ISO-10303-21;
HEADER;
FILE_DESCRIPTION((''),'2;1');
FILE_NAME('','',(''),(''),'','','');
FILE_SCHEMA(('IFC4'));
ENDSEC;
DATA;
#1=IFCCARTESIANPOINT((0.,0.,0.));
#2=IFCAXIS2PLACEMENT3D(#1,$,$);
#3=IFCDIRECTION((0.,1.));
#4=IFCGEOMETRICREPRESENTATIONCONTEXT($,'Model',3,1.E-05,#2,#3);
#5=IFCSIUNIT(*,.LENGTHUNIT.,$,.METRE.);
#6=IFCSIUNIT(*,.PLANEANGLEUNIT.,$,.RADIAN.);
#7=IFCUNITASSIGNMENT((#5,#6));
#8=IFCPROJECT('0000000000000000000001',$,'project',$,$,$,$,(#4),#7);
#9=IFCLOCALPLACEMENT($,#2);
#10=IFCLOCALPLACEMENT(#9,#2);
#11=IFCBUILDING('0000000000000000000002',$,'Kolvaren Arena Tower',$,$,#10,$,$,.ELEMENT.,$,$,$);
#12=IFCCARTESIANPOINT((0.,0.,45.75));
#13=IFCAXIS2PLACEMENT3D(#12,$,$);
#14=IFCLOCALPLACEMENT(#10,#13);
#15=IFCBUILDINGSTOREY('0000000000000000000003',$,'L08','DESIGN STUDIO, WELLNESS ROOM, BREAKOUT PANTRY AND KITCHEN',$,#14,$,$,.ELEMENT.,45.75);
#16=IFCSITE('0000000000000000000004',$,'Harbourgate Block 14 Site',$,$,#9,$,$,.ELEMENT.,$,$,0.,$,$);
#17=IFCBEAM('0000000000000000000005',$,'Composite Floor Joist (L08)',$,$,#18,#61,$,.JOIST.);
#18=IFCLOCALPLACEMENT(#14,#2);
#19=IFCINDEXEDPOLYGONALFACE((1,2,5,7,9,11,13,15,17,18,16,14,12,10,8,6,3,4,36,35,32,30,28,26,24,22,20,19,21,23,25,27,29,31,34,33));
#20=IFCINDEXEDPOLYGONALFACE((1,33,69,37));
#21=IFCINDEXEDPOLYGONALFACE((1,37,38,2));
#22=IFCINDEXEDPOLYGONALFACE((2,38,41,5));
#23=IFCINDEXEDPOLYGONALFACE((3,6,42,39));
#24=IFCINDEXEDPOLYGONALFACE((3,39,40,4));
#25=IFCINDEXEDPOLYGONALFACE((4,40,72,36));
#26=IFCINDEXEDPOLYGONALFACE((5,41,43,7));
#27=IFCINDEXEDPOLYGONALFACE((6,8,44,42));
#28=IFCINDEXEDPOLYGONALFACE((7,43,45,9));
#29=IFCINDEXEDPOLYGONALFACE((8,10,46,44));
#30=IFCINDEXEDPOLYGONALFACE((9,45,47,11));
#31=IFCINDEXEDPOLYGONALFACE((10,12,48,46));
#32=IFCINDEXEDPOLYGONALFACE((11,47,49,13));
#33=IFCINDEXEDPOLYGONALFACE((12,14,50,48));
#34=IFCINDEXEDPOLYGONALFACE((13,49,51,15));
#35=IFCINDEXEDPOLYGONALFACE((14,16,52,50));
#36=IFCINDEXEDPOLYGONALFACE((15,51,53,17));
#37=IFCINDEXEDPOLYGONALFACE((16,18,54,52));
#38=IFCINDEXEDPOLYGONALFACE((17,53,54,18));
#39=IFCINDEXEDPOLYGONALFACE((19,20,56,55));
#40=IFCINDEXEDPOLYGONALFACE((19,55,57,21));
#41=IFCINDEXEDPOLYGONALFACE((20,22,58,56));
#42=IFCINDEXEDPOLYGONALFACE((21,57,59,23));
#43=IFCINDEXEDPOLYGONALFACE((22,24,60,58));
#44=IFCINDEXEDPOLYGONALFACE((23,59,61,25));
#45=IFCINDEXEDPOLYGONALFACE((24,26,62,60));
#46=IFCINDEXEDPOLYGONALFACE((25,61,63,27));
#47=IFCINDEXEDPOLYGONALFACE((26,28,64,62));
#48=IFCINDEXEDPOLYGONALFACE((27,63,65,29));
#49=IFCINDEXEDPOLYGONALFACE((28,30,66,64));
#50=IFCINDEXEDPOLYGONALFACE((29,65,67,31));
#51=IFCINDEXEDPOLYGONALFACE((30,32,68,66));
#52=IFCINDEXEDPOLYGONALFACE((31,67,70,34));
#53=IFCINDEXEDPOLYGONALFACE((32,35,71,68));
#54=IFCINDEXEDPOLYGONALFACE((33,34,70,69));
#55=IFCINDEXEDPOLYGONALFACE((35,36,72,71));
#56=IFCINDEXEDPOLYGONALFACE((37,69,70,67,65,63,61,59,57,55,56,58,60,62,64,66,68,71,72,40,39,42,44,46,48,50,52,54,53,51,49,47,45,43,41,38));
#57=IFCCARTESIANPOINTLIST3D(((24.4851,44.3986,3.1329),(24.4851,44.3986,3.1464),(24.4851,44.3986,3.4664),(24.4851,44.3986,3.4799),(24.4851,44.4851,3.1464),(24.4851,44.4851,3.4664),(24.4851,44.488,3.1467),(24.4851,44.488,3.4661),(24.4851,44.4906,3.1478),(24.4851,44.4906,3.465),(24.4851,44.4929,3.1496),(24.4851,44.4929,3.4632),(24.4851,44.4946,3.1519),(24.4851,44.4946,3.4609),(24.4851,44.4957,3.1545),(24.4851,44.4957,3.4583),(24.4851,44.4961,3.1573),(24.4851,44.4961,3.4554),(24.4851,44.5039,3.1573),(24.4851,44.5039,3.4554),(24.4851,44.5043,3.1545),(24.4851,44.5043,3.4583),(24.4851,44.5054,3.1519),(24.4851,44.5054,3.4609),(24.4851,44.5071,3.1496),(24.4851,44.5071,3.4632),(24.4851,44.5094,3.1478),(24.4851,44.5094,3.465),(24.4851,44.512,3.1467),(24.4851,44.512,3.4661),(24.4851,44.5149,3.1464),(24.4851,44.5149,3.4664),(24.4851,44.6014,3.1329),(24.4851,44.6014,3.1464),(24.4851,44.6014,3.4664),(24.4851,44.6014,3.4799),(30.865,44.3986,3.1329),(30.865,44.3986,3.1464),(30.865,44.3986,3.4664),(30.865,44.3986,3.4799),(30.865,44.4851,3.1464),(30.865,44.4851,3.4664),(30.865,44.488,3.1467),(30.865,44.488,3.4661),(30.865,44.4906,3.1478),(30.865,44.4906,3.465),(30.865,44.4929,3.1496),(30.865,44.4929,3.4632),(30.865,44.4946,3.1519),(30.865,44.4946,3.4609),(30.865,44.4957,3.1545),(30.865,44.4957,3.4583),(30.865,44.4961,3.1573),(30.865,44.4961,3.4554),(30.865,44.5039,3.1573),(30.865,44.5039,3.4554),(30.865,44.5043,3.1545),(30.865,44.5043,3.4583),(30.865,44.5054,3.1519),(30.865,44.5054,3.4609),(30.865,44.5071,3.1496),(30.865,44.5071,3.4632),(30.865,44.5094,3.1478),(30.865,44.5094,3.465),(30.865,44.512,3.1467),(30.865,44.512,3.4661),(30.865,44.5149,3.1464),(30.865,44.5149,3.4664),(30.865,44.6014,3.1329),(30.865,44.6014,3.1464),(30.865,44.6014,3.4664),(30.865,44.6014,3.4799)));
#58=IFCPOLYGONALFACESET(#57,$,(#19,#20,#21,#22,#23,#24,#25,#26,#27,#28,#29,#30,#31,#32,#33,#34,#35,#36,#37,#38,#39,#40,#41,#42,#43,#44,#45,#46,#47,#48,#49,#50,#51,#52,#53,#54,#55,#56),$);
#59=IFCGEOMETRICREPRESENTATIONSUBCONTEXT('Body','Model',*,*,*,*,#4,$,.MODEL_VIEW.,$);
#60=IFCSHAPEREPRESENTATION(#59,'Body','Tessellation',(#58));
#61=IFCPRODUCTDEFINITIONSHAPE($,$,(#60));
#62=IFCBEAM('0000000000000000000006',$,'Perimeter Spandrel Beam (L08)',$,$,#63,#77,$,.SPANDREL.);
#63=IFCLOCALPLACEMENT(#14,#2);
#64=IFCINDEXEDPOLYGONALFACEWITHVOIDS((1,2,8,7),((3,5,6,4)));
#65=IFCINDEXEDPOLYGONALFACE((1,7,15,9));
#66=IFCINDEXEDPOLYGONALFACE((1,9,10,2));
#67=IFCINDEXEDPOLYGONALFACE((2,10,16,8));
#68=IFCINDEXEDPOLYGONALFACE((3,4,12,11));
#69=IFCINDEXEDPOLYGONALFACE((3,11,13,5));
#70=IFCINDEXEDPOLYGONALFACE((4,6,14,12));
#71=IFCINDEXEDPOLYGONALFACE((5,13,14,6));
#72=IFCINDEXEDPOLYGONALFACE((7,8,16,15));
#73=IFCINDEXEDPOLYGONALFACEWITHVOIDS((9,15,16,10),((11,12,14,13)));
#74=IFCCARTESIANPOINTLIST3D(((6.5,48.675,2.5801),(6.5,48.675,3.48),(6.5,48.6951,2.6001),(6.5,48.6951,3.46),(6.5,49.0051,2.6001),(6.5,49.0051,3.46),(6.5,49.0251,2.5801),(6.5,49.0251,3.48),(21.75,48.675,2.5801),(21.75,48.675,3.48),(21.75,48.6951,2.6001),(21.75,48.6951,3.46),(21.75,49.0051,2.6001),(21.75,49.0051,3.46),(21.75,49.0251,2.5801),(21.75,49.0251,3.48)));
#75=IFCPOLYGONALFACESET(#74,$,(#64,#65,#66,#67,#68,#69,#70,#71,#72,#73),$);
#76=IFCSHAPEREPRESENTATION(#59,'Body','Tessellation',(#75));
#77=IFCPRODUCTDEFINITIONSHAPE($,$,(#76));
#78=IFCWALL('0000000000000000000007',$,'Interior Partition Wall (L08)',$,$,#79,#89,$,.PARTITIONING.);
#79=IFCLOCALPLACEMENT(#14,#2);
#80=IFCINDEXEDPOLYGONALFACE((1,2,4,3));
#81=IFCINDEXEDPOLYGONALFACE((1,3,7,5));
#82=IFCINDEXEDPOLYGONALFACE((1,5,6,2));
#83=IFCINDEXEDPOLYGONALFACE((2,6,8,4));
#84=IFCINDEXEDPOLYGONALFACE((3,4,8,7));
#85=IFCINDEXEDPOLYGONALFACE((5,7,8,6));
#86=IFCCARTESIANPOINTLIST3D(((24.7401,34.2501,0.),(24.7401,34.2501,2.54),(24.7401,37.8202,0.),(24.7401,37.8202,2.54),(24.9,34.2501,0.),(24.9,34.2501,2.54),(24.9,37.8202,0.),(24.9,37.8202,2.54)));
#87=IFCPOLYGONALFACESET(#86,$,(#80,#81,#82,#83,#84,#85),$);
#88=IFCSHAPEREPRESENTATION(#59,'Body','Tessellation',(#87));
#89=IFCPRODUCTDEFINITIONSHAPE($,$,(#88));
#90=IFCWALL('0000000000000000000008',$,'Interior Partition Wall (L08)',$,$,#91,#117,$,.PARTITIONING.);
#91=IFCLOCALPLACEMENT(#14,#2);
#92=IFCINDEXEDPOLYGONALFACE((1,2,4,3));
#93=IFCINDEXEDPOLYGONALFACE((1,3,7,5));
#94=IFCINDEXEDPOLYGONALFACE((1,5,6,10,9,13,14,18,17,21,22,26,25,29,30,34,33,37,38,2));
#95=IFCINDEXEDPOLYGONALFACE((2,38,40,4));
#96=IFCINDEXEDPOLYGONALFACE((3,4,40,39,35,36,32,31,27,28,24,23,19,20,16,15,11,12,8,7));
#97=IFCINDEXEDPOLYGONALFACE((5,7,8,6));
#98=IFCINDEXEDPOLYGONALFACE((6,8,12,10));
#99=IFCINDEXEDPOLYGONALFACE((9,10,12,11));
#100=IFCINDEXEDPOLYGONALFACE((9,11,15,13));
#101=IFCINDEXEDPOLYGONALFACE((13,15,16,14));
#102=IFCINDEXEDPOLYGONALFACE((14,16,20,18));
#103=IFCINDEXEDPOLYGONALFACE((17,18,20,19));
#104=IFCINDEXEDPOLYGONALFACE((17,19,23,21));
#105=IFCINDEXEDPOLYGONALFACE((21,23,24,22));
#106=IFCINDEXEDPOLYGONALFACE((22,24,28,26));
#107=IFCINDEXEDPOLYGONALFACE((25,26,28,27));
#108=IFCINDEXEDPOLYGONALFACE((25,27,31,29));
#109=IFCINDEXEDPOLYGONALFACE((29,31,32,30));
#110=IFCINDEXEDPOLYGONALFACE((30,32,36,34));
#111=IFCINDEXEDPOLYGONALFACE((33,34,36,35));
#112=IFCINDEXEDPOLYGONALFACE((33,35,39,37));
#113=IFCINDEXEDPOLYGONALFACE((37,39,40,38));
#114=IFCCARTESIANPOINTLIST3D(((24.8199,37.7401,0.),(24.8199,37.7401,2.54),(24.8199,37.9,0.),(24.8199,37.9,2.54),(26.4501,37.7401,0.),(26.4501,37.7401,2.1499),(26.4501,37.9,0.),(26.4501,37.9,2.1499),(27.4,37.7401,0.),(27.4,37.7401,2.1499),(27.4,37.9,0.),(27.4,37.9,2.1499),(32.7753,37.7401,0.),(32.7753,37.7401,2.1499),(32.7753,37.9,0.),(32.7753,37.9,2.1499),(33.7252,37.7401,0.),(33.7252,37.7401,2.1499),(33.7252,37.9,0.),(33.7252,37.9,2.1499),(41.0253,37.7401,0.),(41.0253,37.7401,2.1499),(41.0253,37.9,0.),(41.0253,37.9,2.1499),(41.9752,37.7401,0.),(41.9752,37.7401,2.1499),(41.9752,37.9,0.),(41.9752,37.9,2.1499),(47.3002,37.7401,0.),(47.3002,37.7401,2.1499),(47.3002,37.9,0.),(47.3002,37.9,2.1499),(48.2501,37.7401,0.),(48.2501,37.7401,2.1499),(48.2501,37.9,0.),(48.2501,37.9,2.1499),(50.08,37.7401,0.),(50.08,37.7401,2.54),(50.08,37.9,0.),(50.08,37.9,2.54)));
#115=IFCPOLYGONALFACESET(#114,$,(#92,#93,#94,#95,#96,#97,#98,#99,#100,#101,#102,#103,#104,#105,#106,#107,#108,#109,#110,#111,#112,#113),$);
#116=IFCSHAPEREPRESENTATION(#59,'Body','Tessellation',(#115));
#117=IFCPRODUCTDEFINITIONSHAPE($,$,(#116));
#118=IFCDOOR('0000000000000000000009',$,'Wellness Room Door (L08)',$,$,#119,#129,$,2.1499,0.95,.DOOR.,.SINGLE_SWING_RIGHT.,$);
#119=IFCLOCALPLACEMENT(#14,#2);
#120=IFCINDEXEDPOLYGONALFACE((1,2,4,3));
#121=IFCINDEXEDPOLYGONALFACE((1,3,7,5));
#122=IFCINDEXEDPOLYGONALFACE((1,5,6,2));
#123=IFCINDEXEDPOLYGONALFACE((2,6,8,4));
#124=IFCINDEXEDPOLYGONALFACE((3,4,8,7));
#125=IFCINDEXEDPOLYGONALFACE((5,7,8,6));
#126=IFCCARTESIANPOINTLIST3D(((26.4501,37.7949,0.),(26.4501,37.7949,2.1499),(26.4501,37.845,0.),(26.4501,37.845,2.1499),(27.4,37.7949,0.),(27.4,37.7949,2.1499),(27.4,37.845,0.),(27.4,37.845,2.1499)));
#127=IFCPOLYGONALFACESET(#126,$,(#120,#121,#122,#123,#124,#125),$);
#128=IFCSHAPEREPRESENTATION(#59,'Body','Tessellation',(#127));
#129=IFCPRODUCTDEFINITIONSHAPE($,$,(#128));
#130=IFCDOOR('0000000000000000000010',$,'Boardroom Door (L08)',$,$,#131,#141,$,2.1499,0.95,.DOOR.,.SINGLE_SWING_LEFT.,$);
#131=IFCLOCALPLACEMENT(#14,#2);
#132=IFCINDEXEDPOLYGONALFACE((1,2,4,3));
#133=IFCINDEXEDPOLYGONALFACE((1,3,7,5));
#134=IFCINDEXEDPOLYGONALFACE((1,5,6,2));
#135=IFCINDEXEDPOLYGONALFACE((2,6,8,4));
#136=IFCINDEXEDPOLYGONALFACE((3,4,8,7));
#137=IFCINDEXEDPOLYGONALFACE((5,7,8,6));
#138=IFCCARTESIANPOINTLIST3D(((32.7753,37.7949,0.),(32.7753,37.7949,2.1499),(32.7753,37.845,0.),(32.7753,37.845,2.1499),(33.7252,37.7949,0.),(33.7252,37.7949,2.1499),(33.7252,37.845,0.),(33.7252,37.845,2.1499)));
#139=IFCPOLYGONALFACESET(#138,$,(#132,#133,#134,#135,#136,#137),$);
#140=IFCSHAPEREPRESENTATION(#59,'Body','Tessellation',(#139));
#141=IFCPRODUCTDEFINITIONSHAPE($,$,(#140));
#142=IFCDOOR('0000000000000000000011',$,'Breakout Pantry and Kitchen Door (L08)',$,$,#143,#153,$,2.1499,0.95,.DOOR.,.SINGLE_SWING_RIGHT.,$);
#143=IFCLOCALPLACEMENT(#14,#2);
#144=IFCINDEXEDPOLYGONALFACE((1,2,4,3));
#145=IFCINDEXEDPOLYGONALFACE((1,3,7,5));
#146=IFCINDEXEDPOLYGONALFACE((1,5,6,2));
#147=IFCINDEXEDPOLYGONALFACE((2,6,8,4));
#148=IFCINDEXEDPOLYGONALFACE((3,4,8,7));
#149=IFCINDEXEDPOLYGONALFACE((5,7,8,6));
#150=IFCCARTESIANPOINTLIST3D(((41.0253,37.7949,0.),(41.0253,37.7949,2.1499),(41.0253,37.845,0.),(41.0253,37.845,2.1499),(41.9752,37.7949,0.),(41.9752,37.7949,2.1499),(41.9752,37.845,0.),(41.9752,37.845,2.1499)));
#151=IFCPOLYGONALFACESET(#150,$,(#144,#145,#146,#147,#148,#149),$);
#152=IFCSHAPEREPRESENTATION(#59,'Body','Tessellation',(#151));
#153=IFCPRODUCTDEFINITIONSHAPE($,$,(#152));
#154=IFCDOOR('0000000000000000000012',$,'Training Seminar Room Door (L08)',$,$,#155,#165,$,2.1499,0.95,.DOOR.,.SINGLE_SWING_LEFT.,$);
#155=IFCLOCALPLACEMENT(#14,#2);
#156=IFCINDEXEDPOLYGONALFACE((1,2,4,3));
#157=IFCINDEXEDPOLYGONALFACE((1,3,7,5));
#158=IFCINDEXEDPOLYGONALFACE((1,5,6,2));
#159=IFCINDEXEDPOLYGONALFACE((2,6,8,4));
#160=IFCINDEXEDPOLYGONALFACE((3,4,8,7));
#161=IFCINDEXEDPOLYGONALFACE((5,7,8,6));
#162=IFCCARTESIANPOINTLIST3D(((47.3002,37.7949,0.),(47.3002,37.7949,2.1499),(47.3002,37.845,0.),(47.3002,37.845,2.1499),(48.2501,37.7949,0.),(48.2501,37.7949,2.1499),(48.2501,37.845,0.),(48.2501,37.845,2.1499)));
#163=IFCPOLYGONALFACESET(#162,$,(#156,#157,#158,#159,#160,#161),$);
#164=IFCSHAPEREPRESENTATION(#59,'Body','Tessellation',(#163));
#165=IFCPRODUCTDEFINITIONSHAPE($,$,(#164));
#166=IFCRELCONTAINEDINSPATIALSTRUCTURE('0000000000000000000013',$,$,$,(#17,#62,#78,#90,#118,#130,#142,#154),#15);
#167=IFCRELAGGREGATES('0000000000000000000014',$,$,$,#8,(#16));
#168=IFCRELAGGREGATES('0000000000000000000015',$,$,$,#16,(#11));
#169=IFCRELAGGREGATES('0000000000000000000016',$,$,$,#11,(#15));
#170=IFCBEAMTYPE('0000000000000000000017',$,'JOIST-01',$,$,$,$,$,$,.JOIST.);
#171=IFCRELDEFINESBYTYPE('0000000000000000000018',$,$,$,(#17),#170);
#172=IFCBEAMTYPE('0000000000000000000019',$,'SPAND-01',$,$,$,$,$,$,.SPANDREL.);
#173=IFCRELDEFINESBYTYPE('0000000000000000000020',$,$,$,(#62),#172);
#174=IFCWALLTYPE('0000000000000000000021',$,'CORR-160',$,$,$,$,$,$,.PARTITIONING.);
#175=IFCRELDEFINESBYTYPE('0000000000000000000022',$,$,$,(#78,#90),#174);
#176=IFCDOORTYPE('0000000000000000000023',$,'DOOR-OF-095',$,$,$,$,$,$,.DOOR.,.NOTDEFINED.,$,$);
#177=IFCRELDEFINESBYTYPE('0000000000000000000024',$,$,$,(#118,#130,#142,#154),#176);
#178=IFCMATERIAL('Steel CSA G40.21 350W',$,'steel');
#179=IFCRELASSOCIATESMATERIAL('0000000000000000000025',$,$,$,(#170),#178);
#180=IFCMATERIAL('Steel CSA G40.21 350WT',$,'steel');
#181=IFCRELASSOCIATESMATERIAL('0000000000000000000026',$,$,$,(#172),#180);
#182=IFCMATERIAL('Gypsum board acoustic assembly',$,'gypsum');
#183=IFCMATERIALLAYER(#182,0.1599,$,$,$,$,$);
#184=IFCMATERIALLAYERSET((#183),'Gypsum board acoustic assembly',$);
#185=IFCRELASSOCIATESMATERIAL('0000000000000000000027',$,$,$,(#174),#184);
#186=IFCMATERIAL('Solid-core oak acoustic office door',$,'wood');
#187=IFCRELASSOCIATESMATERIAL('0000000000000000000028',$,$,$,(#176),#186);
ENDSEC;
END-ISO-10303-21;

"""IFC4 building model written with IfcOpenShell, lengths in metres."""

from ifc_helpers import new_model, si_unit, direction, frame, frame_2d, origin, origin_2d, place, context, subcontext, project, spatial, rectangle, hollow_rectangle, i_section, extrude, material, layer, layer_set, material_profile, profile_set, type_object, element, fill, save


model = new_model("IFC4")

# Units and contexts
model_context = context("Model", 3, precision=1e-05, world=origin(), true_north=direction((0.0, 1.0)))
body_context = subcontext(model_context, "Body", "Model", "MODEL_VIEW")
ifc_project = project(units=[si_unit("LENGTHUNIT", "METRE"), si_unit("PLANEANGLEUNIT", "RADIAN")], contexts=[model_context])

# Site, building, storey
site_placement = place(None, origin())
site = spatial("IfcSite", under=ifc_project, at=site_placement, Name="Harbourgate Block 14 Site", CompositionType="ELEMENT", RefElevation=0.0)
building_placement = place(site_placement, origin())
building = spatial("IfcBuilding", under=site, at=building_placement, Name="Kolvaren Arena Tower", CompositionType="ELEMENT")
storey_placement = place(building_placement, frame((0.0, 0.0, 45.75)))
storey = spatial("IfcBuildingStorey", under=building, at=storey_placement, Name="L08", Description="DESIGN STUDIO, WELLNESS ROOM, BREAKOUT PANTRY AND KITCHEN", CompositionType="ELEMENT", Elevation=45.75)

# Beams
ifc_material_1 = material(Name="Steel CSA G40.21 350W", Category="steel")
ifc_material_profile_1 = material_profile(ifc_material_1, i_section(OverallWidth=0.2029, OverallDepth=0.3469, WebThickness=0.0078, FlangeThickness=0.0134, FilletRadius=0.011, at=origin_2d()), Name="W360x64")
ifc_profile_set_1 = profile_set([ifc_material_profile_1], Name="Steel CSA G40.21 350W")
beam_type_1 = type_object("IfcBeamType", Name="JOIST-01", PredefinedType="JOIST", material=ifc_profile_set_1)
beam_1_placement = place(storey_placement, frame((24.4851, 44.5, 3.3064), z_axis=(1.0, 0.0, 0.0), x_axis=(0.0, 1.0, 0.0)))
element("IfcBeam", 1, at=beam_1_placement, inside=storey, type_object=beam_type_1, Name="Composite Floor Joist (L08)", PredefinedType="JOIST", context=body_context, shape_type="SweptSolid", body=[
    extrude(i_section(OverallWidth=0.2029, OverallDepth=0.3469, WebThickness=0.0078, FlangeThickness=0.0134, FilletRadius=0.011, at=origin_2d()), origin(), (0.0, 0.0, 1.0), 6.3799),
])
ifc_material_2 = material(Name="Steel CSA G40.21 350WT", Category="steel")
ifc_material_profile_2 = material_profile(ifc_material_2, hollow_rectangle(XDim=0.3501, YDim=0.8999, WallThickness=0.02, at=origin_2d()), Name="HSS 900x350x20")
ifc_profile_set_2 = profile_set([ifc_material_profile_2], Name="Steel CSA G40.21 350WT")
beam_type_2 = type_object("IfcBeamType", Name="SPAND-01", PredefinedType="SPANDREL", material=ifc_profile_set_2)
beam_2_placement = place(storey_placement, frame((21.75, 48.8501, 3.03), z_axis=(-1.0, 0.0, 0.0), x_axis=(0.0, -1.0, 0.0)))
element("IfcBeam", 2, at=beam_2_placement, inside=storey, type_object=beam_type_2, Name="Perimeter Spandrel Beam (L08)", PredefinedType="SPANDREL", context=body_context, shape_type="SweptSolid", body=[
    extrude(hollow_rectangle(XDim=0.3501, YDim=0.8999, WallThickness=0.02, at=origin_2d()), origin(), (0.0, 0.0, 1.0), 15.25),
])

# Wall
ifc_material_3 = material(Name="Gypsum board acoustic assembly", Category="gypsum")
ifc_layer_1 = layer(ifc_material_3, 0.1599)
ifc_layer_set_1 = layer_set([ifc_layer_1], Name="Gypsum board acoustic assembly")
wall_type_1 = type_object("IfcWallType", Name="CORR-160", PredefinedType="PARTITIONING", material=ifc_layer_set_1)
wall_1_placement = place(storey_placement, frame((24.8201, 34.25, 0.0), z_axis=(0.0, 0.0, 1.0), x_axis=(0.0, 1.0, 0.0)))
element("IfcWall", 3, at=wall_1_placement, inside=storey, type_object=wall_type_1, Name="Interior Partition Wall (L08)", PredefinedType="PARTITIONING", context=body_context, shape_type="SweptSolid", body=[
    extrude(rectangle(XDim=3.5701, YDim=0.1599, at=frame_2d((1.7852, 0.0))), origin(), (0.0, 0.0, 1.0), 2.54),
])

# Wall, openings, doors
wall_2_placement = place(storey_placement, frame((24.8201, 37.8201, 0.0), z_axis=(0.0, 0.0, 1.0), x_axis=(1.0, 0.0, 0.0)))
wall_2 = element("IfcWall", 4, at=wall_2_placement, inside=storey, type_object=wall_type_1, Name="Interior Partition Wall (L08)", PredefinedType="PARTITIONING", context=body_context, shape_type="SweptSolid", body=[
    extrude(rectangle(XDim=25.26, YDim=0.1599, at=frame_2d((12.6299, 0.0))), origin(), (0.0, 0.0, 1.0), 2.54),
])
opening_1_placement = place(wall_2_placement, frame((1.6299, 0.0, 0.0)))
opening_1 = element("IfcOpeningElement", 5, at=opening_1_placement, cuts=wall_2, PredefinedType="OPENING", context=body_context, shape_type="SweptSolid", body=[
    extrude(rectangle(XDim=0.95, YDim=2.1499, at=frame_2d((0.4751, 1.075))), frame((0.0, 0.0898, 0.0), z_axis=(0.0, -1.0, 0.0), x_axis=(1.0, 0.0, 0.0)), (0.0, 0.0, 1.0), 0.1799),
])
opening_2_placement = place(wall_2_placement, frame((7.9551, 0.0, 0.0)))
opening_2 = element("IfcOpeningElement", 6, at=opening_2_placement, cuts=wall_2, PredefinedType="OPENING", context=body_context, shape_type="SweptSolid", body=[
    extrude(rectangle(XDim=0.95, YDim=2.1499, at=frame_2d((0.4751, 1.075))), frame((0.0, 0.0898, 0.0), z_axis=(0.0, -1.0, 0.0), x_axis=(1.0, 0.0, 0.0)), (0.0, 0.0, 1.0), 0.1799),
])
opening_3_placement = place(wall_2_placement, frame((16.2051, 0.0, 0.0)))
opening_3 = element("IfcOpeningElement", 7, at=opening_3_placement, cuts=wall_2, PredefinedType="OPENING", context=body_context, shape_type="SweptSolid", body=[
    extrude(rectangle(XDim=0.95, YDim=2.1499, at=frame_2d((0.4751, 1.075))), frame((0.0, 0.0898, 0.0), z_axis=(0.0, -1.0, 0.0), x_axis=(1.0, 0.0, 0.0)), (0.0, 0.0, 1.0), 0.1799),
])
opening_4_placement = place(wall_2_placement, frame((22.48, 0.0, 0.0)))
opening_4 = element("IfcOpeningElement", 8, at=opening_4_placement, cuts=wall_2, PredefinedType="OPENING", context=body_context, shape_type="SweptSolid", body=[
    extrude(rectangle(XDim=0.95, YDim=2.1499, at=frame_2d((0.4751, 1.075))), frame((0.0, 0.0898, 0.0), z_axis=(0.0, -1.0, 0.0), x_axis=(1.0, 0.0, 0.0)), (0.0, 0.0, 1.0), 0.1799),
])
ifc_material_4 = material(Name="Solid-core oak acoustic office door", Category="wood")
door_type = type_object("IfcDoorType", Name="DOOR-OF-095", OperationType="NOTDEFINED", PredefinedType="DOOR", material=ifc_material_4)
door_1_placement = place(opening_1_placement, origin())
door_1 = element("IfcDoor", 9, at=door_1_placement, inside=storey, type_object=door_type, Name="Wellness Room Door (L08)", OperationType="SINGLE_SWING_RIGHT", OverallHeight=2.1499, OverallWidth=0.95, PredefinedType="DOOR", context=body_context, shape_type="SweptSolid", body=[
    extrude(rectangle(XDim=0.95, YDim=2.1499, at=frame_2d((0.4751, 1.075))), frame((0.0, 0.0249, 0.0), z_axis=(0.0, -1.0, 0.0), x_axis=(1.0, 0.0, 0.0)), (0.0, 0.0, 1.0), 0.05),
])
fill(opening_1, door_1)
door_2_placement = place(opening_2_placement, origin())
door_2 = element("IfcDoor", 10, at=door_2_placement, inside=storey, type_object=door_type, Name="Boardroom Door (L08)", OperationType="SINGLE_SWING_LEFT", OverallHeight=2.1499, OverallWidth=0.95, PredefinedType="DOOR", context=body_context, shape_type="SweptSolid", body=[
    extrude(rectangle(XDim=0.95, YDim=2.1499, at=frame_2d((0.4751, 1.075))), frame((0.0, 0.0249, 0.0), z_axis=(0.0, -1.0, 0.0), x_axis=(1.0, 0.0, 0.0)), (0.0, 0.0, 1.0), 0.05),
])
fill(opening_2, door_2)
door_3_placement = place(opening_3_placement, origin())
door_3 = element("IfcDoor", 11, at=door_3_placement, inside=storey, type_object=door_type, Name="Breakout Pantry and Kitchen Door (L08)", OperationType="SINGLE_SWING_RIGHT", OverallHeight=2.1499, OverallWidth=0.95, PredefinedType="DOOR", context=body_context, shape_type="SweptSolid", body=[
    extrude(rectangle(XDim=0.95, YDim=2.1499, at=frame_2d((0.4751, 1.075))), frame((0.0, 0.0249, 0.0), z_axis=(0.0, -1.0, 0.0), x_axis=(1.0, 0.0, 0.0)), (0.0, 0.0, 1.0), 0.05),
])
fill(opening_3, door_3)
door_4_placement = place(opening_4_placement, origin())
door_4 = element("IfcDoor", 12, at=door_4_placement, inside=storey, type_object=door_type, Name="Training Seminar Room Door (L08)", OperationType="SINGLE_SWING_LEFT", OverallHeight=2.1499, OverallWidth=0.95, PredefinedType="DOOR", context=body_context, shape_type="SweptSolid", body=[
    extrude(rectangle(XDim=0.95, YDim=2.1499, at=frame_2d((0.4751, 1.075))), frame((0.0, 0.0249, 0.0), z_axis=(0.0, -1.0, 0.0), x_axis=(1.0, 0.0, 0.0)), (0.0, 0.0, 1.0), 0.05),
])
fill(opening_4, door_4)

save(model, "model.ifc")
